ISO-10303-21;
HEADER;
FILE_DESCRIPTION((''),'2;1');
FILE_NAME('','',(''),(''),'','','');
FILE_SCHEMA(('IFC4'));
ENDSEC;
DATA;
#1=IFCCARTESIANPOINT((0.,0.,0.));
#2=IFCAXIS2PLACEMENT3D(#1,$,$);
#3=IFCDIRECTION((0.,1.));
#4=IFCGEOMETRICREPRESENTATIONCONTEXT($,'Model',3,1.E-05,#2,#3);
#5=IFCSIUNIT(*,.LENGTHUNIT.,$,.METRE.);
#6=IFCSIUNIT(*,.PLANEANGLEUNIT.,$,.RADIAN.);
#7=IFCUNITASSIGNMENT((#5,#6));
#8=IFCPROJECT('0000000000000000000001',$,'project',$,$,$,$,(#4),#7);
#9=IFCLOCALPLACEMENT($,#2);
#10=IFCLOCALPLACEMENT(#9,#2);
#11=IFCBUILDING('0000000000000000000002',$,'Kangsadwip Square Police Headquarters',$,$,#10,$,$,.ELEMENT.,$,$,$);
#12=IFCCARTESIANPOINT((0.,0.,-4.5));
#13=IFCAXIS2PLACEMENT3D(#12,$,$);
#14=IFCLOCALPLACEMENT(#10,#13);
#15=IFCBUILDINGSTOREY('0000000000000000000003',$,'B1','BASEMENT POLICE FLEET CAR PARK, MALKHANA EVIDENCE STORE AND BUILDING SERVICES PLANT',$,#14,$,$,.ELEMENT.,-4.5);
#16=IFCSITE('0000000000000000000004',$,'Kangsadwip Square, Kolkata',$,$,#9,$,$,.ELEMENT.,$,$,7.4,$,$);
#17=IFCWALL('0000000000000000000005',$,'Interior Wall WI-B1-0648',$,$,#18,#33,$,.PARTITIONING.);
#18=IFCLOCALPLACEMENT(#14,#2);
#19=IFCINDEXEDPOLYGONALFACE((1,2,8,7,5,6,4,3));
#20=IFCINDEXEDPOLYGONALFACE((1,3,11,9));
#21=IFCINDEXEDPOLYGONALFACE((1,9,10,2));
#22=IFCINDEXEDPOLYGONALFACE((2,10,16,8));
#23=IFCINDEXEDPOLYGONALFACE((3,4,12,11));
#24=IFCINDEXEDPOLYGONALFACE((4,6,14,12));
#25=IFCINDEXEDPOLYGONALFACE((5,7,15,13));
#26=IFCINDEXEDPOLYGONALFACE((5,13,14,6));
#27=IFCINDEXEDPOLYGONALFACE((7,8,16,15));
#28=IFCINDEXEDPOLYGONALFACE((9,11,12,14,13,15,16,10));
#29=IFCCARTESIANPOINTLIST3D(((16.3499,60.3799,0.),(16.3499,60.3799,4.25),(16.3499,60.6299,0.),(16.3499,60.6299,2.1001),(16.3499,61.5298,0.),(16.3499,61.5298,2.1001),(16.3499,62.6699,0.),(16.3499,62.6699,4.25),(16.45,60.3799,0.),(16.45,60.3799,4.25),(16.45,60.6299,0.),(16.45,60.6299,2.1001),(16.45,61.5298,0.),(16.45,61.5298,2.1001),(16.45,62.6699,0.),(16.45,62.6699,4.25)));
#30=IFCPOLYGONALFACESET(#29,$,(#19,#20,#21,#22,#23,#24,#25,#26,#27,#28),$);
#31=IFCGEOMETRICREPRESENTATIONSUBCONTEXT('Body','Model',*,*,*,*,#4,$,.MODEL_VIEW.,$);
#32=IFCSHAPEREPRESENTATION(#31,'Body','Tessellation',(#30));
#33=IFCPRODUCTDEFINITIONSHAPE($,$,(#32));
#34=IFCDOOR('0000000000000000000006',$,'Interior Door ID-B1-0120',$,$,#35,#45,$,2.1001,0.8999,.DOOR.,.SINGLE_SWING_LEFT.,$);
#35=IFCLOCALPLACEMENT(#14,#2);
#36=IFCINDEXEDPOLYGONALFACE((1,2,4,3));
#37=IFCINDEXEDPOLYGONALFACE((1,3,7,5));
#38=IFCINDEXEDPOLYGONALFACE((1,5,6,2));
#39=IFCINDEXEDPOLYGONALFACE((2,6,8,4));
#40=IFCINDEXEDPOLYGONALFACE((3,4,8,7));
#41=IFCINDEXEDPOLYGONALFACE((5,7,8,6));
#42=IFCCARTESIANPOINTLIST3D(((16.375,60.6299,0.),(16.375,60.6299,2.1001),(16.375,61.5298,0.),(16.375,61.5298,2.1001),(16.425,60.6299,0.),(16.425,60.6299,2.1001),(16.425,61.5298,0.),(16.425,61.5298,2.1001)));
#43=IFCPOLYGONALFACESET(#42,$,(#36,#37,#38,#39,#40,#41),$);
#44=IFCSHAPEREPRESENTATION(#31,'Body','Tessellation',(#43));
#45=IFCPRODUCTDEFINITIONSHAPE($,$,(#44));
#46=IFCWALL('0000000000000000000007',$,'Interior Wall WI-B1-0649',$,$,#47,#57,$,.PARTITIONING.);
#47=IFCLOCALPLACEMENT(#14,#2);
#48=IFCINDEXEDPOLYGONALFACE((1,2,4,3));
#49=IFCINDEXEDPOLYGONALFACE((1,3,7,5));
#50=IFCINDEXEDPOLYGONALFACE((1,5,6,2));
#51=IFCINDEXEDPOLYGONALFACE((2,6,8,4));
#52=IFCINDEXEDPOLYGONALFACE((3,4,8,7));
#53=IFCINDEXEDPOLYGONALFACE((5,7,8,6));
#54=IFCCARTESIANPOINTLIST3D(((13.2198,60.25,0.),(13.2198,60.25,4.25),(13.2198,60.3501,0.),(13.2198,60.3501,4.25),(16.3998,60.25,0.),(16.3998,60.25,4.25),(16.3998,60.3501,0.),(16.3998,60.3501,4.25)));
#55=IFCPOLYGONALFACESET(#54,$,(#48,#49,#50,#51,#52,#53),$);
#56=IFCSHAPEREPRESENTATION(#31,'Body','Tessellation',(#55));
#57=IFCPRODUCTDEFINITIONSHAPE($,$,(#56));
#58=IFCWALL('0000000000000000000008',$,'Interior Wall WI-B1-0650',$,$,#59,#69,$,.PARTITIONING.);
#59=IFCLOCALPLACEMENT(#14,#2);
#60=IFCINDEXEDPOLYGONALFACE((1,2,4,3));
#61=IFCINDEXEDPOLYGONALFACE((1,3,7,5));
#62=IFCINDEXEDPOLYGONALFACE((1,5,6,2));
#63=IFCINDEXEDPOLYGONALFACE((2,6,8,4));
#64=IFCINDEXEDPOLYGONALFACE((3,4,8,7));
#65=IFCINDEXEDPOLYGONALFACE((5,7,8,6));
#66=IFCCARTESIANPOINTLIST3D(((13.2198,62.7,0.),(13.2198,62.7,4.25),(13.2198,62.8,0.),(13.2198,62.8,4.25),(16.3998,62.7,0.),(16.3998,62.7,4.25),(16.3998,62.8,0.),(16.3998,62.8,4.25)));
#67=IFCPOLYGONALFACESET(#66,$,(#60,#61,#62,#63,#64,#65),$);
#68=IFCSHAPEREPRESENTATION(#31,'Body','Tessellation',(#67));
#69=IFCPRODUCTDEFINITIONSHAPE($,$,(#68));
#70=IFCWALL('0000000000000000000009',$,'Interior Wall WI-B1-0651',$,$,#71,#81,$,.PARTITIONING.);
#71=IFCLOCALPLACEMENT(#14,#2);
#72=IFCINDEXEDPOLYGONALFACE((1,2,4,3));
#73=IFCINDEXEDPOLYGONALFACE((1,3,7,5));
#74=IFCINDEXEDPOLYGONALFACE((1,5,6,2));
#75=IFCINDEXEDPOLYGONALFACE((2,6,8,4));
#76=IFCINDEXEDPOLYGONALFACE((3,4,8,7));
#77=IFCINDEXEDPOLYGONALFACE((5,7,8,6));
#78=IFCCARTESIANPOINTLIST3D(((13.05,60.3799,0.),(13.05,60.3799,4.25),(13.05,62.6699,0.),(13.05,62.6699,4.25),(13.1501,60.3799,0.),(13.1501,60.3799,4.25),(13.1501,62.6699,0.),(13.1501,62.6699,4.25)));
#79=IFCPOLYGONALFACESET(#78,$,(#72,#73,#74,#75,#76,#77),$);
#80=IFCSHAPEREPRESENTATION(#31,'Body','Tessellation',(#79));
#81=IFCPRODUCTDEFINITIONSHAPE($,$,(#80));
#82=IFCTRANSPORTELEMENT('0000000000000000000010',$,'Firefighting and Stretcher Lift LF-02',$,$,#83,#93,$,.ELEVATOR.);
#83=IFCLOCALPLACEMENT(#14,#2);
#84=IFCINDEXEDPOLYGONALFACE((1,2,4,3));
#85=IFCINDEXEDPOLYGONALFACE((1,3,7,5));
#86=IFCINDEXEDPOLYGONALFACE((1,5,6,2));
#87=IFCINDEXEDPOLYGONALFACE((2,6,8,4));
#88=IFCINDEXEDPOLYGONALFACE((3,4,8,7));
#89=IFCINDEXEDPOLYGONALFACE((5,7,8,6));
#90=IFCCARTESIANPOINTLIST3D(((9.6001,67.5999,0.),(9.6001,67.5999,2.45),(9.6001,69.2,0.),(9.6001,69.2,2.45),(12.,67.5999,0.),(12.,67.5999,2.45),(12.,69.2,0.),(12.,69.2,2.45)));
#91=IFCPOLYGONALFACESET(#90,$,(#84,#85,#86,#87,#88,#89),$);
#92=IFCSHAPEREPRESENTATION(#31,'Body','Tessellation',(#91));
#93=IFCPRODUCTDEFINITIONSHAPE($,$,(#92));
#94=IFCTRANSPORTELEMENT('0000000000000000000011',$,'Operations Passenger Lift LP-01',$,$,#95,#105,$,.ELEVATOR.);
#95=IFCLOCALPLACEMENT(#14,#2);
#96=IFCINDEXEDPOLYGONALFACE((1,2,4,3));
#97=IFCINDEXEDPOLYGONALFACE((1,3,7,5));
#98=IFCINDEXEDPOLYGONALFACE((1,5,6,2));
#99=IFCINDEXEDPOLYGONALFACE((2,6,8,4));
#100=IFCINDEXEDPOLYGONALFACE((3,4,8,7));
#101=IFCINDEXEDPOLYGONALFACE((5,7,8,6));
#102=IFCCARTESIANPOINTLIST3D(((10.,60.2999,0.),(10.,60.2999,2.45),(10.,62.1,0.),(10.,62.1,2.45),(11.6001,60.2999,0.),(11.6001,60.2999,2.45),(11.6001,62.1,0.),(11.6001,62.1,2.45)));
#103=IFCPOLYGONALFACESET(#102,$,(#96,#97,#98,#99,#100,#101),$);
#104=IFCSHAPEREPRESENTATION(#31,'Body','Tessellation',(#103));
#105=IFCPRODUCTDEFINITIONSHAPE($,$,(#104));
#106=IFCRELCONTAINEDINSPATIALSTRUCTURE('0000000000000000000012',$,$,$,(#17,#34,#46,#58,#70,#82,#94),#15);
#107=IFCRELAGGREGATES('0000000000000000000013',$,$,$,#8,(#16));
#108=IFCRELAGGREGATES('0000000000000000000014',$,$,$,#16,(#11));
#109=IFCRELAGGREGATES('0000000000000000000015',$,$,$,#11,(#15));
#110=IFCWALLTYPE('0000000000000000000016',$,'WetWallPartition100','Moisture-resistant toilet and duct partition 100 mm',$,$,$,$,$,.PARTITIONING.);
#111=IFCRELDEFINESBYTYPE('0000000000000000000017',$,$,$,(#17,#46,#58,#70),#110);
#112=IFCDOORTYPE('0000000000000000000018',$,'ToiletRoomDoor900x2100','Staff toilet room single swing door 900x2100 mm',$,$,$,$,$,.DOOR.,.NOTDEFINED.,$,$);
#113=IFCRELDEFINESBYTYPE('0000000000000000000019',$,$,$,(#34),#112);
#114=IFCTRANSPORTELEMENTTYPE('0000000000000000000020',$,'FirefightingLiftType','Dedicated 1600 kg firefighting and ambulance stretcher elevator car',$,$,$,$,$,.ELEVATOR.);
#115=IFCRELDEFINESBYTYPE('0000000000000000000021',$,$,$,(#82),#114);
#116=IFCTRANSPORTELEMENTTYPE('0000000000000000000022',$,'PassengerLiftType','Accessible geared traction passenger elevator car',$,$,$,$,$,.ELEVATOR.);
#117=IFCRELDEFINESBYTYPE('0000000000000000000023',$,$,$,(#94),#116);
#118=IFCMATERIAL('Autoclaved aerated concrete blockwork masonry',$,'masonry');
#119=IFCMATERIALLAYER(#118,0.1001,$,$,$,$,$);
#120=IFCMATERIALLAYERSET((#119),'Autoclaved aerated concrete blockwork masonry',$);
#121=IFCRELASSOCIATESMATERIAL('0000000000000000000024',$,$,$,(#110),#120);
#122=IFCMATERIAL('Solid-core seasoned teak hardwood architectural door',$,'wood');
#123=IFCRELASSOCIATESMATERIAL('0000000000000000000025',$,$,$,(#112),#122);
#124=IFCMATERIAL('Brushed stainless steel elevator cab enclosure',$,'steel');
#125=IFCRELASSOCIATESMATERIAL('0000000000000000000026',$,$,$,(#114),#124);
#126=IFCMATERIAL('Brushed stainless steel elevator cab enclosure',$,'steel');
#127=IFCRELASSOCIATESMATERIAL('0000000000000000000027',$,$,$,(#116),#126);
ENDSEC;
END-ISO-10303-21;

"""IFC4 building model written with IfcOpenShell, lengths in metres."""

from ifc_helpers import new_model, si_unit, direction, frame, frame_2d, origin, origin_2d, place, context, subcontext, project, spatial, rectangle, extrude, material, layer, layer_set, type_object, element, fill, save


model = new_model("IFC4")

# Units and contexts
model_context = context("Model", 3, precision=1e-05, world=origin(), true_north=direction((0.0, 1.0)))
body_context = subcontext(model_context, "Body", "Model", "MODEL_VIEW")
ifc_project = project(units=[si_unit("LENGTHUNIT", "METRE"), si_unit("PLANEANGLEUNIT", "RADIAN")], contexts=[model_context])

# Site, building, storey
site_placement = place(None, origin())
site = spatial("IfcSite", under=ifc_project, at=site_placement, Name="Kangsadwip Square, Kolkata", CompositionType="ELEMENT", RefElevation=7.4)
building_placement = place(site_placement, origin())
building = spatial("IfcBuilding", under=site, at=building_placement, Name="Kangsadwip Square Police Headquarters", CompositionType="ELEMENT")
storey_placement = place(building_placement, frame((0.0, 0.0, -4.5)))
storey = spatial("IfcBuildingStorey", under=building, at=storey_placement, Name="B1", Description="BASEMENT POLICE FLEET CAR PARK, MALKHANA EVIDENCE STORE AND BUILDING SERVICES PLANT", CompositionType="ELEMENT", Elevation=-4.5)

# Wall, opening, door
ifc_material_1 = material(Name="Autoclaved aerated concrete blockwork masonry", Category="masonry")
ifc_layer_1 = layer(ifc_material_1, 0.1001)
ifc_layer_set_1 = layer_set([ifc_layer_1], Name="Autoclaved aerated concrete blockwork masonry")
wall_type_1 = type_object("IfcWallType", Name="WetWallPartition100", Description="Moisture-resistant toilet and duct partition 100 mm", PredefinedType="PARTITIONING", material=ifc_layer_set_1)
wall_1_placement = place(storey_placement, frame((16.3999, 60.3799, 0.0), z_axis=(0.0, 0.0, 1.0), x_axis=(0.0, 1.0, 0.0)))
wall_1 = element("IfcWall", 1, at=wall_1_placement, inside=storey, type_object=wall_type_1, Name="Interior Wall WI-B1-0648", PredefinedType="PARTITIONING", context=body_context, shape_type="SweptSolid", body=[
    extrude(rectangle(XDim=2.29, YDim=0.1001, at=frame_2d((1.145, 0.0))), origin(), (0.0, 0.0, 1.0), 4.25),
])
opening_1_placement = place(wall_1_placement, frame((0.25, 0.0, 0.0)))
opening_1 = element("IfcOpeningElement", 2, at=opening_1_placement, cuts=wall_1, PredefinedType="OPENING", context=body_context, shape_type="SweptSolid", body=[
    extrude(rectangle(XDim=0.8999, YDim=2.1001, at=frame_2d((0.45, 1.05))), frame((0.0, 0.0601, 0.0), z_axis=(0.0, -1.0, 0.0), x_axis=(1.0, 0.0, 0.0)), (0.0, 0.0, 1.0), 0.1201),
])
ifc_material_2 = material(Name="Solid-core seasoned teak hardwood architectural door", Category="wood")
door_type_1 = type_object("IfcDoorType", Name="ToiletRoomDoor900x2100", Description="Staff toilet room single swing door 900x2100 mm", OperationType="NOTDEFINED", PredefinedType="DOOR", material=ifc_material_2)
door_1_placement = place(opening_1_placement, origin())
door_1 = element("IfcDoor", 3, at=door_1_placement, inside=storey, type_object=door_type_1, Name="Interior Door ID-B1-0120", OperationType="SINGLE_SWING_LEFT", OverallHeight=2.1001, OverallWidth=0.8999, PredefinedType="DOOR", context=body_context, shape_type="SweptSolid", body=[
    extrude(rectangle(XDim=0.8999, YDim=2.1001, at=frame_2d((0.45, 1.05))), frame((0.0, 0.0249, 0.0), z_axis=(0.0, -1.0, 0.0), x_axis=(1.0, 0.0, 0.0)), (0.0, 0.0, 1.0), 0.05),
])
fill(opening_1, door_1)

# Walls
for number, where, z_axis, x_axis, name in (
    (4, (13.22, 60.3, 0.0), (0.0, 0.0, 1.0), (1.0, 0.0, 0.0), "Interior Wall WI-B1-0649"),
    (5, (13.22, 62.75, 0.0), (0.0, 0.0, 1.0), (1.0, 0.0, 0.0), "Interior Wall WI-B1-0650"),
):
    element("IfcWall", number, at=place(storey_placement, frame(where, z_axis=z_axis, x_axis=x_axis)), inside=storey, type_object=wall_type_1, Name=name, PredefinedType="PARTITIONING", context=body_context, shape_type="SweptSolid", body=[
        extrude(rectangle(XDim=3.1799, YDim=0.1001, at=frame_2d((1.5898, 0.0))), origin(), (0.0, 0.0, 1.0), 4.25),
    ])
wall_2_placement = place(storey_placement, frame((13.1001, 60.3799, 0.0), z_axis=(0.0, 0.0, 1.0), x_axis=(0.0, 1.0, 0.0)))
element("IfcWall", 6, at=wall_2_placement, inside=storey, type_object=wall_type_1, Name="Interior Wall WI-B1-0651", PredefinedType="PARTITIONING", context=body_context, shape_type="SweptSolid", body=[
    extrude(rectangle(XDim=2.29, YDim=0.1001, at=frame_2d((1.145, 0.0))), origin(), (0.0, 0.0, 1.0), 4.25),
])

# Transport elements
ifc_material_3 = material(Name="Brushed stainless steel elevator cab enclosure", Category="steel")
transport_element_type_1 = type_object("IfcTransportElementType", Name="FirefightingLiftType", Description="Dedicated 1600 kg firefighting and ambulance stretcher elevator car", PredefinedType="ELEVATOR", material=ifc_material_3)
transport_element_1_placement = place(storey_placement, frame((10.8, 68.3999, 0.0), z_axis=(0.0, 0.0, 1.0), x_axis=(1.0, 0.0, 0.0)))
element("IfcTransportElement", 7, at=transport_element_1_placement, inside=storey, type_object=transport_element_type_1, Name="Firefighting and Stretcher Lift LF-02", PredefinedType="ELEVATOR", context=body_context, shape_type="SweptSolid", body=[
    extrude(rectangle(XDim=2.3999, YDim=1.6001, at=origin_2d()), origin(), (0.0, 0.0, 1.0), 2.45),
])
ifc_material_4 = material(Name="Brushed stainless steel elevator cab enclosure", Category="steel")
transport_element_type_2 = type_object("IfcTransportElementType", Name="PassengerLiftType", Description="Accessible geared traction passenger elevator car", PredefinedType="ELEVATOR", material=ifc_material_4)
transport_element_2_placement = place(storey_placement, frame((10.8, 61.2, 0.0), z_axis=(0.0, 0.0, 1.0), x_axis=(1.0, 0.0, 0.0)))
element("IfcTransportElement", 8, at=transport_element_2_placement, inside=storey, type_object=transport_element_type_2, Name="Operations Passenger Lift LP-01", PredefinedType="ELEVATOR", context=body_context, shape_type="SweptSolid", body=[
    extrude(rectangle(XDim=1.6001, YDim=1.8, at=origin_2d()), origin(), (0.0, 0.0, 1.0), 2.45),
])

save(model, "model.ifc")
